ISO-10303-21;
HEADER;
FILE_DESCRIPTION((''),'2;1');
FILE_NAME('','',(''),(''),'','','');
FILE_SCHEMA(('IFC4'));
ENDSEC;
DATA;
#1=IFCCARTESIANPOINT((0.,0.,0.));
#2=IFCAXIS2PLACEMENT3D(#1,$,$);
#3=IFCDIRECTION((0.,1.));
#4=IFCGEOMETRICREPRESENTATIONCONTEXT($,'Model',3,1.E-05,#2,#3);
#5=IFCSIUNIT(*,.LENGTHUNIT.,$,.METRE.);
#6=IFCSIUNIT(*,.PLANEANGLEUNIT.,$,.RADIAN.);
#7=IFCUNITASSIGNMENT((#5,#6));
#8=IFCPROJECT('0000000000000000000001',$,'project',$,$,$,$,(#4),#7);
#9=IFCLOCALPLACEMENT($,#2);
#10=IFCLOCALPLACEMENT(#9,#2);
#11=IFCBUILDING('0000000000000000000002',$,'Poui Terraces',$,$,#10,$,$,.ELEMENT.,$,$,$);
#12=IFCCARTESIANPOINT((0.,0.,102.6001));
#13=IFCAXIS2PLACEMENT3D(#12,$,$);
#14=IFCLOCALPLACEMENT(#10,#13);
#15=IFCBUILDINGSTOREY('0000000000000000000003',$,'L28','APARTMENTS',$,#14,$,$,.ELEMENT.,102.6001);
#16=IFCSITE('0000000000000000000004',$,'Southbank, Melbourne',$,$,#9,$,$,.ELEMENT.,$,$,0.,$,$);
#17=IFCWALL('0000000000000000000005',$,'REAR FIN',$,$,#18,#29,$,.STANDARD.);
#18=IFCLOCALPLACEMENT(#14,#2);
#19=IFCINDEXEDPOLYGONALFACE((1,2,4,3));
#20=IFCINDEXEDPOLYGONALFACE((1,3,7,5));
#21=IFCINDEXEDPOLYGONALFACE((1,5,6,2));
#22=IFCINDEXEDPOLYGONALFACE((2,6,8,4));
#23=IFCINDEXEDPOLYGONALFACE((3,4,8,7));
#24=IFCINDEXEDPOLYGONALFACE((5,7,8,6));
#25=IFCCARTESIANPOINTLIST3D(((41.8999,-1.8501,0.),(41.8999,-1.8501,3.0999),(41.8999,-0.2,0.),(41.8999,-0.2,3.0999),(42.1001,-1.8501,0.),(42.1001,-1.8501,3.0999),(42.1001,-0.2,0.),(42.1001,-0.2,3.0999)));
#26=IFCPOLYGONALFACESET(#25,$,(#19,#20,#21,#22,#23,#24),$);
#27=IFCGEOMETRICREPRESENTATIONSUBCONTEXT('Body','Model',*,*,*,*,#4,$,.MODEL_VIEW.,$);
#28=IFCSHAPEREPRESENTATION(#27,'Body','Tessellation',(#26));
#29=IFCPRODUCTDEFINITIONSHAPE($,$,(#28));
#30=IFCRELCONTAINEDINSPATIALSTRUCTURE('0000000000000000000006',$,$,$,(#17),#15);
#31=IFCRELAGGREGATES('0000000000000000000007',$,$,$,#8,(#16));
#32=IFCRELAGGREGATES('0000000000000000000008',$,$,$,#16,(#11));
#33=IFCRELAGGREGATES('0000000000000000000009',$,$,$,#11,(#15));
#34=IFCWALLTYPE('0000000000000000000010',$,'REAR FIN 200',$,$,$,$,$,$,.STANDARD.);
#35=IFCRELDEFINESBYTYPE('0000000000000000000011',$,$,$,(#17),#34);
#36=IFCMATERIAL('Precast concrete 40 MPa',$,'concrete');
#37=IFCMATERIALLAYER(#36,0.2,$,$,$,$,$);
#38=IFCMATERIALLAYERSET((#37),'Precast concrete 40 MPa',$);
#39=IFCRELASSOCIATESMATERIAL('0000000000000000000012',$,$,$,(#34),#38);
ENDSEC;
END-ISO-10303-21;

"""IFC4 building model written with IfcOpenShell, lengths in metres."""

from ifc_helpers import new_model, si_unit, direction, frame, origin, place, context, subcontext, project, spatial, polyline, outline, extrude, source, transform, mapped, material, layer, layer_set, type_object, element, save


model = new_model("IFC4")

# Units and contexts
model_context = context("Model", 3, precision=1e-05, world=origin(), true_north=direction((0.0, 1.0)))
body_context = subcontext(model_context, "Body", "Model", "MODEL_VIEW")
ifc_project = project(units=[si_unit("LENGTHUNIT", "METRE"), si_unit("PLANEANGLEUNIT", "RADIAN")], contexts=[model_context])

# Site, building, storey
site_placement = place(None, origin())
site = spatial("IfcSite", under=ifc_project, at=site_placement, Name="Southbank, Melbourne", CompositionType="ELEMENT", RefElevation=0.0)
building_placement = place(site_placement, origin())
building = spatial("IfcBuilding", under=site, at=building_placement, Name="Poui Terraces", CompositionType="ELEMENT")
storey_placement = place(building_placement, frame((0.0, 0.0, 102.6001)))
storey = spatial("IfcBuildingStorey", under=building, at=storey_placement, Name="L28", Description="APARTMENTS", CompositionType="ELEMENT", Elevation=102.6001)

# Shared definitions
ifc_material_1 = material(Name="Precast concrete 40 MPa", Category="concrete")

# Wall
ifc_layer_1 = layer(ifc_material_1, 0.2)
ifc_layer_set_1 = layer_set([ifc_layer_1], Name="Precast concrete 40 MPa")
wall_type_1 = type_object("IfcWallType", Name="REAR FIN 200", PredefinedType="STANDARD", material=ifc_layer_set_1)
shared_shape_1 = source(origin(), body_context, "Body", "SweptSolid", [
    extrude(outline(polyline([(0.0, 0.0), (0.2002, 0.0), (0.2002, 1.6501), (0.0, 1.6501), (0.0, 0.0)])), origin(), (0.0, 0.0, 1.0), 3.0999),
])
for number, where, name in (
    (1, (41.8999, -1.8501, 0.0), "REAR FIN"),
):
    element("IfcWall", number, at=place(storey_placement, frame(where)), inside=storey, type_object=wall_type_1, Name=name, PredefinedType="STANDARD", context=body_context, shape_type="MappedRepresentation", body=[
        mapped(shared_shape_1, transform((0.0, 0.0, 0.0))),
    ])

save(model, "model.ifc")
